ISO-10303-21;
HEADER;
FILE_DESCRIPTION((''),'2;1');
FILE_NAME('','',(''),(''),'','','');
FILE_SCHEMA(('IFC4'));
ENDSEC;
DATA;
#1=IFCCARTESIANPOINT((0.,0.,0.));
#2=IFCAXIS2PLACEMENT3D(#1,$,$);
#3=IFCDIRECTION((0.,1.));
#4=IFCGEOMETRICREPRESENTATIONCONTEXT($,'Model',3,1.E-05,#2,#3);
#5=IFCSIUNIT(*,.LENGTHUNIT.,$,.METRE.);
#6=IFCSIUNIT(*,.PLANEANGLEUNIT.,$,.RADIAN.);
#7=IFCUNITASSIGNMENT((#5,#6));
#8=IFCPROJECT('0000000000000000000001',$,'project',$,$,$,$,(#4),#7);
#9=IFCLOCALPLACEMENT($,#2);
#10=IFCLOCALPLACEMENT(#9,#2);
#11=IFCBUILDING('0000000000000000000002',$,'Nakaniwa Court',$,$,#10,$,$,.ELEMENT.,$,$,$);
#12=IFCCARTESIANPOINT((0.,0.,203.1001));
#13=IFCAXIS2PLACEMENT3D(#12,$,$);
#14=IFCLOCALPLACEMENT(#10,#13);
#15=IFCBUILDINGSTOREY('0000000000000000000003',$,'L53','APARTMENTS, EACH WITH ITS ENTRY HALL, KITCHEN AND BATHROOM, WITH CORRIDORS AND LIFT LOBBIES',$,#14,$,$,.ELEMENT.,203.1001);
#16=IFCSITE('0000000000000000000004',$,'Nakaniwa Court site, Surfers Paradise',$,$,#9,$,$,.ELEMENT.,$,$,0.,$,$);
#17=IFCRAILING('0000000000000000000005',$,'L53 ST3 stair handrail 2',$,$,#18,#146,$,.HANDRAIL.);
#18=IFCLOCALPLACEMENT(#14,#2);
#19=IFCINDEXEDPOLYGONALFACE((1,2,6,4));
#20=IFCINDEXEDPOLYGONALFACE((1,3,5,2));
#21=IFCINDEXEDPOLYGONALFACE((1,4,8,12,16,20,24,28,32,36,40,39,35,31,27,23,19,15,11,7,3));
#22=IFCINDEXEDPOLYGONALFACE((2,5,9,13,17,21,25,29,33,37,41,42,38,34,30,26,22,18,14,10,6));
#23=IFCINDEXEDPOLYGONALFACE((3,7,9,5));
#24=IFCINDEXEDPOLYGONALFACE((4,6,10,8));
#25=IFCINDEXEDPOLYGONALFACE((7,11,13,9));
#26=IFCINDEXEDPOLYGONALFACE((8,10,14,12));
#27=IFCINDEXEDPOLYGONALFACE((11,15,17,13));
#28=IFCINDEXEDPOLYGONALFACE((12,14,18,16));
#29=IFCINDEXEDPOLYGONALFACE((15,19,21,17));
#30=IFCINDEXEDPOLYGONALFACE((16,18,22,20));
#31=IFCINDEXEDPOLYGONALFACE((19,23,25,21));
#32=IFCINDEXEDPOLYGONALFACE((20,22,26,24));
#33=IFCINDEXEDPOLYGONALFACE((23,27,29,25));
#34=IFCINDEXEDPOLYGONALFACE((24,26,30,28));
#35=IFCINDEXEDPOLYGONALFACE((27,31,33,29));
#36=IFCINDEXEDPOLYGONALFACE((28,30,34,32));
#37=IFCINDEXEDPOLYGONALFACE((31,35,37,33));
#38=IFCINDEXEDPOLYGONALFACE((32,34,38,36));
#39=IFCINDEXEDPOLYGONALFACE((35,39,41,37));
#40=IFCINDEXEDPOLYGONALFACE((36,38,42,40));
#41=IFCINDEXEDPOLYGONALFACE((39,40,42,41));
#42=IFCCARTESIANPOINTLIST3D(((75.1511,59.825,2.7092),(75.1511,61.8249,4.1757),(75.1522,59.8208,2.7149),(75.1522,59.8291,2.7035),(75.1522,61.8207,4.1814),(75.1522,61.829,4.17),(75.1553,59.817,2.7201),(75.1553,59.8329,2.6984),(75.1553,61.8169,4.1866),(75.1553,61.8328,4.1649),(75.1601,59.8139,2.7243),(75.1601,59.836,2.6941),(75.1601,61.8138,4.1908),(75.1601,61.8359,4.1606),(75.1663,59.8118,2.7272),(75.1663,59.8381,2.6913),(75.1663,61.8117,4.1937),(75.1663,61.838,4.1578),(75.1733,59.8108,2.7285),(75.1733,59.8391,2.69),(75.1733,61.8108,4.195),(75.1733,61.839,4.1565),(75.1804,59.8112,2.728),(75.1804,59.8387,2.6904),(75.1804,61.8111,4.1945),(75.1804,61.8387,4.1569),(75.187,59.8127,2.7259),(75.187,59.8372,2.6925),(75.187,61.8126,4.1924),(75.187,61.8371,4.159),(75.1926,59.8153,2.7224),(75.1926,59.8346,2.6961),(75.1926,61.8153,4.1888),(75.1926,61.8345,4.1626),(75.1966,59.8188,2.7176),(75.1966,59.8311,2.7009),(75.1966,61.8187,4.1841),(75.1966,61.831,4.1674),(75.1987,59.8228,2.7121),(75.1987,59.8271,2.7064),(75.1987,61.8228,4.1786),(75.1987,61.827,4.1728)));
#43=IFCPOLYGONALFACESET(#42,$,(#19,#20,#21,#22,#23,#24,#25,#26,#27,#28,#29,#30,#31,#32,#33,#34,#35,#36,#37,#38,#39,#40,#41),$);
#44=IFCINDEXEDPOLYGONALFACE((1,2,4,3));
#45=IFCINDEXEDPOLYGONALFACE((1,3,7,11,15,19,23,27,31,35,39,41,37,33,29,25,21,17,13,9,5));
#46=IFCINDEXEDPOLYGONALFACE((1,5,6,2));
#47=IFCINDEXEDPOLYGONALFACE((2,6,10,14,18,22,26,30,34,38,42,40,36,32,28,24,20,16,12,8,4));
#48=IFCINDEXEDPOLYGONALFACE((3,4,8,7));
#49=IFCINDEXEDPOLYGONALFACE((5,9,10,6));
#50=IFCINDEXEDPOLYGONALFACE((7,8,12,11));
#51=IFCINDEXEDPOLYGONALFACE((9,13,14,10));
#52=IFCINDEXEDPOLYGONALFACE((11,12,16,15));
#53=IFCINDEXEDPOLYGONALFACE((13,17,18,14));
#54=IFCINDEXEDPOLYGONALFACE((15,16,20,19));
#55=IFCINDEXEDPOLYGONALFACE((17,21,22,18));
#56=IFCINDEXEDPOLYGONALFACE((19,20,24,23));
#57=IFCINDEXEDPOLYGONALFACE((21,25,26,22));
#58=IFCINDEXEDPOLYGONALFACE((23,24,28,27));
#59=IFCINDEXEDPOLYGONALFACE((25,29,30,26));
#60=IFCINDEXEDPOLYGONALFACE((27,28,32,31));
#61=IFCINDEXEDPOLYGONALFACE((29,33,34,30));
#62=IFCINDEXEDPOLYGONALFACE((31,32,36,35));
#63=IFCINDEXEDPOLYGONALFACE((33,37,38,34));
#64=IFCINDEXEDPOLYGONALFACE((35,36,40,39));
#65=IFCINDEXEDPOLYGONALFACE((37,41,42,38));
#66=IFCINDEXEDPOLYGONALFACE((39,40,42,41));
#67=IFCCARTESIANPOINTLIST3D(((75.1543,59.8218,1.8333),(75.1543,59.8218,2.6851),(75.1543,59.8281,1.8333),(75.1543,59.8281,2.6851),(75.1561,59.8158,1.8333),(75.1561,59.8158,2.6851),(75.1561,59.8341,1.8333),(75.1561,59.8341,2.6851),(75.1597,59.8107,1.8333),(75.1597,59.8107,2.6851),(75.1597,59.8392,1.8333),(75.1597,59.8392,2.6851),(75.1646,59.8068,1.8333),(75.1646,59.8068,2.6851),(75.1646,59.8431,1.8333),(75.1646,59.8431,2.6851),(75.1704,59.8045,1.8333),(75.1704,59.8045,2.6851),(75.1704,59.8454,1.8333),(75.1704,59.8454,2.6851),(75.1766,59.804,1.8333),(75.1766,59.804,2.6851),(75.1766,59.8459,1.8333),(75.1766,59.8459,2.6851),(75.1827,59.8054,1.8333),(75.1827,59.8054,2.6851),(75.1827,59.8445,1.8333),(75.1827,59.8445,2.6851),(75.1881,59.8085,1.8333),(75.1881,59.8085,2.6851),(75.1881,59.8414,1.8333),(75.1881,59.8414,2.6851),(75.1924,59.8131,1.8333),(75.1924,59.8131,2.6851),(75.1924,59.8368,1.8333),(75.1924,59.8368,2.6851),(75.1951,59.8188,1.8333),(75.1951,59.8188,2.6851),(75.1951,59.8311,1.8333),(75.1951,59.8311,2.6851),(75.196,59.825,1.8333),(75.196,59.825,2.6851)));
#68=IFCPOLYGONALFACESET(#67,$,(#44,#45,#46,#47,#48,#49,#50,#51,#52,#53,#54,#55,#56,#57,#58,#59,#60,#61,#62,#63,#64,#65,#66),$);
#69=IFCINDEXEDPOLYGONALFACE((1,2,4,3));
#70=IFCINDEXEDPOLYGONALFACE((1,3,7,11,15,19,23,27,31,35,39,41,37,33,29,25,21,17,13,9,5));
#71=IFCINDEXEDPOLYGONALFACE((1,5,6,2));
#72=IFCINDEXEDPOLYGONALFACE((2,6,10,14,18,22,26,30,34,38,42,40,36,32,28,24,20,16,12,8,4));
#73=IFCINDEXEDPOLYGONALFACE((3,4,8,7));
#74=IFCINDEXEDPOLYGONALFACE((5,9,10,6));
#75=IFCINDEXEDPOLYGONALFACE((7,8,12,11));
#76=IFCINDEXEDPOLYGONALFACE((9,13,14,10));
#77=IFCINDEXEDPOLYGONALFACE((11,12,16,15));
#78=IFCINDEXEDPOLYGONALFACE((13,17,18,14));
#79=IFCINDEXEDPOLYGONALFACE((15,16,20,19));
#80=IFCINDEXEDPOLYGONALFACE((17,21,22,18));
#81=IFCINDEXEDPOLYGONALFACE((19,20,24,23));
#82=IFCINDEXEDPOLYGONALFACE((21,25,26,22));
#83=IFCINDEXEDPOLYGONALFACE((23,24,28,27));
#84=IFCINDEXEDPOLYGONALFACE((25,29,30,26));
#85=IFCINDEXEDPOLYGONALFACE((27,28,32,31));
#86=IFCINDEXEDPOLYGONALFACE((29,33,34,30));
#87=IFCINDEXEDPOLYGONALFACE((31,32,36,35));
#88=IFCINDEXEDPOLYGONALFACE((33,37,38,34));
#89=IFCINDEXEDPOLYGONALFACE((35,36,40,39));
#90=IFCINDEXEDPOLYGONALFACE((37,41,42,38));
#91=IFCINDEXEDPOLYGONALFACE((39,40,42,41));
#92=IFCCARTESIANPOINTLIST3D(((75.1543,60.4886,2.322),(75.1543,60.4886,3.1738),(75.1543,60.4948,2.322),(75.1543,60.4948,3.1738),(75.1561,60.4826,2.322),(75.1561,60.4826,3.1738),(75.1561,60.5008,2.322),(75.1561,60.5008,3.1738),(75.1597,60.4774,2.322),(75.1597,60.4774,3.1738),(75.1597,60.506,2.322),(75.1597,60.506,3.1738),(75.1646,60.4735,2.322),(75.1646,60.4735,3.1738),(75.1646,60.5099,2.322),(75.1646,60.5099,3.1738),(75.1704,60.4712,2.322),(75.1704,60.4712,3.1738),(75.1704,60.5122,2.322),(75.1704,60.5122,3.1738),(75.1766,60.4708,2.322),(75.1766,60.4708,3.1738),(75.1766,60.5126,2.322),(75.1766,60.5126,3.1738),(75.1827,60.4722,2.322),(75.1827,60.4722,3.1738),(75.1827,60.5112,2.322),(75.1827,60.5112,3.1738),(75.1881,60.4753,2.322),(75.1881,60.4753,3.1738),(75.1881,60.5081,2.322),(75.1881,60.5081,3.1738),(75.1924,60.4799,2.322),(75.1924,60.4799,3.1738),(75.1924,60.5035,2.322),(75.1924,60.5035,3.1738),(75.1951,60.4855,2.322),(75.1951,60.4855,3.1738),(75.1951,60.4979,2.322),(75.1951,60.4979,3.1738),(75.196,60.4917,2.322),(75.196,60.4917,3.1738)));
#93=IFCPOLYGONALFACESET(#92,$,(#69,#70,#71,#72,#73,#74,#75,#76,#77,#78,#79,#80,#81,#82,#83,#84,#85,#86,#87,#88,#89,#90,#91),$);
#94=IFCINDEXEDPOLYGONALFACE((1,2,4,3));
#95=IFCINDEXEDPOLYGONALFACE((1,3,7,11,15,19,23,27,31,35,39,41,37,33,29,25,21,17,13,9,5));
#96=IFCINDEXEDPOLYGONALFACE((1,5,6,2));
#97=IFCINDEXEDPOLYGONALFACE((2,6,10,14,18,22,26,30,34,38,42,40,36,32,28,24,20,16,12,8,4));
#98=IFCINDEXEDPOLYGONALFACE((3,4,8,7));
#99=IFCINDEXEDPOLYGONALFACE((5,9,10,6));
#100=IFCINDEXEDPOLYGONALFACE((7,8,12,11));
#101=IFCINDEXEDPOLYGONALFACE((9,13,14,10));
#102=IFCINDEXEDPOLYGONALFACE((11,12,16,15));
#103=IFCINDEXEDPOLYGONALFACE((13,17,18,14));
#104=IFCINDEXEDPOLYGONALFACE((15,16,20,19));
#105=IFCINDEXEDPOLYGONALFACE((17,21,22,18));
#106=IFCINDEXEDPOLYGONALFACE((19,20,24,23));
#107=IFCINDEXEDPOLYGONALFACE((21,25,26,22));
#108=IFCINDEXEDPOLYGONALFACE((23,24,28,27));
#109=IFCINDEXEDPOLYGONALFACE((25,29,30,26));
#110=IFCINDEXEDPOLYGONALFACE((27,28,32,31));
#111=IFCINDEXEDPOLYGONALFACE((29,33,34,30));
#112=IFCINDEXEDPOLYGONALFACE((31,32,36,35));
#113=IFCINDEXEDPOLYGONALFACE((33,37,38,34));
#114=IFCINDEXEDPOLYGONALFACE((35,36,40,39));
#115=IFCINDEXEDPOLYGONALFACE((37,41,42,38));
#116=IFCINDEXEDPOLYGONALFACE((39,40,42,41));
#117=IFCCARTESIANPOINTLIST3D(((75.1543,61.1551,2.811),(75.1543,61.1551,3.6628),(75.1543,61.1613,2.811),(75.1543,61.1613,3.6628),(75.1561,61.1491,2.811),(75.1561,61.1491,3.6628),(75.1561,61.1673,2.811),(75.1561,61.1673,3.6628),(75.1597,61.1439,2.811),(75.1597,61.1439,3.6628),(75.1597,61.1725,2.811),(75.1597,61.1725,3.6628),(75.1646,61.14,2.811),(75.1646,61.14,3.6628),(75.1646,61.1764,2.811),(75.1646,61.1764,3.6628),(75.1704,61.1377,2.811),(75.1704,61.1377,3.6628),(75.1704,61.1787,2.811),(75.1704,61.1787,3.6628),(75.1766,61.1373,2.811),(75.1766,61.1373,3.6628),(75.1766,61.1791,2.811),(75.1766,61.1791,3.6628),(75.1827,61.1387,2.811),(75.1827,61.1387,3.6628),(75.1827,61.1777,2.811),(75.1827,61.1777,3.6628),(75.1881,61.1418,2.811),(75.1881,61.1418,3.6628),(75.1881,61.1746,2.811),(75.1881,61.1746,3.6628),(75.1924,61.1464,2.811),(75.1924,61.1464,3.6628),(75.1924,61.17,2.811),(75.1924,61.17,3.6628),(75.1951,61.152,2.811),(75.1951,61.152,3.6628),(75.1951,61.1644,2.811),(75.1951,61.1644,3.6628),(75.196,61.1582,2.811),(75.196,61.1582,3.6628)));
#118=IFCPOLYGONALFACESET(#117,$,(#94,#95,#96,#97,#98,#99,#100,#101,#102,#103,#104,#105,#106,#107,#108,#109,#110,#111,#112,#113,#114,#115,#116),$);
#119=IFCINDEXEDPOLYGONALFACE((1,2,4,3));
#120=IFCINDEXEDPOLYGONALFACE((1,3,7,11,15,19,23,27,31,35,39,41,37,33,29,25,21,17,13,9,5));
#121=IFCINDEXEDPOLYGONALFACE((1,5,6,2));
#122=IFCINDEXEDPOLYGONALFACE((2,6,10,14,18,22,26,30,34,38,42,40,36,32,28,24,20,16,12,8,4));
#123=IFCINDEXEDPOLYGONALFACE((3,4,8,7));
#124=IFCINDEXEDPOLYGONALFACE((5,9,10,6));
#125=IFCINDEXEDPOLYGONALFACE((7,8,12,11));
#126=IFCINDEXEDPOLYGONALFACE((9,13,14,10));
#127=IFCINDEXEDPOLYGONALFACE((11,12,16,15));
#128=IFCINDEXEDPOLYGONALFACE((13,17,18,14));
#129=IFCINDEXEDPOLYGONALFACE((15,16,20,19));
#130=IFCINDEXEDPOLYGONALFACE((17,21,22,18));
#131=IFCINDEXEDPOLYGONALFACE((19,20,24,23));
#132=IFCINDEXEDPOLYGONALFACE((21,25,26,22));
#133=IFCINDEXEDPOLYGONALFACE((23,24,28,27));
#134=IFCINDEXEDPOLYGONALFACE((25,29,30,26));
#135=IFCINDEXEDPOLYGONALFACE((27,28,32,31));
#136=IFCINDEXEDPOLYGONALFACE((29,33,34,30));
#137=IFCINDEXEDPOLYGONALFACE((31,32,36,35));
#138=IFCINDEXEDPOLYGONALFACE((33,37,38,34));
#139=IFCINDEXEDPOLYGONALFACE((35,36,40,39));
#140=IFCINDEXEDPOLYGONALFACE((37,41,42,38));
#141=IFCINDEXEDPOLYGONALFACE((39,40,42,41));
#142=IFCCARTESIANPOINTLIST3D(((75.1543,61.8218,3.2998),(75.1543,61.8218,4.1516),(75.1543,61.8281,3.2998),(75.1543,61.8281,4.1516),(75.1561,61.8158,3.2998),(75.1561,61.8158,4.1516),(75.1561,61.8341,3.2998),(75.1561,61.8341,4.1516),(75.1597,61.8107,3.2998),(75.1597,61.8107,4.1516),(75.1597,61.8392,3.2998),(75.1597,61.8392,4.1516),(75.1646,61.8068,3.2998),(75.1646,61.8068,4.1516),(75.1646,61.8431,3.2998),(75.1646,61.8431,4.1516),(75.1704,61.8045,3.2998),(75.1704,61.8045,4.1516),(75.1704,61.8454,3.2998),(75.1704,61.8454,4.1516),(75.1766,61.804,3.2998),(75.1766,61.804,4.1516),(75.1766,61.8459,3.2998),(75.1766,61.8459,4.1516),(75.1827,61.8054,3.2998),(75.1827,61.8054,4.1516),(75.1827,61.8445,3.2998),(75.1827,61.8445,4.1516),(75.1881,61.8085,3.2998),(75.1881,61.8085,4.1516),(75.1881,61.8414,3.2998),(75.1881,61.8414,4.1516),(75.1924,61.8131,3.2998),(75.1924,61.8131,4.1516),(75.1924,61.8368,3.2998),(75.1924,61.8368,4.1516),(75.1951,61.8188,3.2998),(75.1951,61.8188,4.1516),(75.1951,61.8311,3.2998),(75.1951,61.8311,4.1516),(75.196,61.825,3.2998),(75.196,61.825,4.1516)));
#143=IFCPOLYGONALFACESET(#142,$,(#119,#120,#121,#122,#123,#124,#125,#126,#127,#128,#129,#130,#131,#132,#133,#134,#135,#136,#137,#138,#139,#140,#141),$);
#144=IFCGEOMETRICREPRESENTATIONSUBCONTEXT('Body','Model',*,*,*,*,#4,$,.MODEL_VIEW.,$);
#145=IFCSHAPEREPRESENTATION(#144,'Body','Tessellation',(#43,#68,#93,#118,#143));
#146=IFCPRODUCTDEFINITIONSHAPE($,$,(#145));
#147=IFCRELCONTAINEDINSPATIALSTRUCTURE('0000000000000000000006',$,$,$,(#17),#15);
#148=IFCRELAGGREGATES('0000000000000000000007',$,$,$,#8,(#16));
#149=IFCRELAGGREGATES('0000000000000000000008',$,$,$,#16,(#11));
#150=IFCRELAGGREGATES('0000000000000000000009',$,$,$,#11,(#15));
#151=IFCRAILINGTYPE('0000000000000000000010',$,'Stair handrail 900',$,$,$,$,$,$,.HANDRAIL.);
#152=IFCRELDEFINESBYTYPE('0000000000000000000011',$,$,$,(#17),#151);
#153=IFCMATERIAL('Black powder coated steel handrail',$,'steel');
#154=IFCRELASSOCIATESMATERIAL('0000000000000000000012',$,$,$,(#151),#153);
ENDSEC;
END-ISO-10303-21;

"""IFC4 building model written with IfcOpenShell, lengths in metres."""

from ifc_helpers import new_model, si_unit, direction, frame, origin, origin_2d, place, context, subcontext, project, spatial, circle, extrude, material, type_object, element, save


model = new_model("IFC4")

# Units and contexts
model_context = context("Model", 3, precision=1e-05, world=origin(), true_north=direction((0.0, 1.0)))
body_context = subcontext(model_context, "Body", "Model", "MODEL_VIEW")
ifc_project = project(units=[si_unit("LENGTHUNIT", "METRE"), si_unit("PLANEANGLEUNIT", "RADIAN")], contexts=[model_context])

# Site, building, storey
site_placement = place(None, origin())
site = spatial("IfcSite", under=ifc_project, at=site_placement, Name="Nakaniwa Court site, Surfers Paradise", CompositionType="ELEMENT", RefElevation=0.0)
building_placement = place(site_placement, origin())
building = spatial("IfcBuilding", under=site, at=building_placement, Name="Nakaniwa Court", CompositionType="ELEMENT")
storey_placement = place(building_placement, frame((0.0, 0.0, 203.1001)))
storey = spatial("IfcBuildingStorey", under=building, at=storey_placement, Name="L53", Description="APARTMENTS, EACH WITH ITS ENTRY HALL, KITCHEN AND BATHROOM, WITH CORRIDORS AND LIFT LOBBIES", CompositionType="ELEMENT", Elevation=203.1001)

# Railing
ifc_material_1 = material(Name="Black powder coated steel handrail", Category="steel")
railing_type_1 = type_object("IfcRailingType", Name="Stair handrail 900", PredefinedType="HANDRAIL", material=ifc_material_1)
railing_1_placement = place(storey_placement, frame((75.175, 59.825, 1.8333)))
element("IfcRailing", 1, at=railing_1_placement, inside=storey, type_object=railing_type_1, Name="L53 ST3 stair handrail 2", PredefinedType="HANDRAIL", context=body_context, shape_type="SweptSolid", body=[
    extrude(circle(Radius=0.0239, at=origin_2d()), frame((0.0, 0.0, 0.876), z_axis=(0.0, 0.806427, 0.591334), x_axis=(-1.0, 0.0, 0.0)), (0.0, 0.0, 1.0), 2.48),
    extrude(circle(Radius=0.021, at=origin_2d()), origin(), (0.0, 0.0, 1.0), 0.8518),
    extrude(circle(Radius=0.021, at=origin_2d()), frame((0.0, 0.6667, 0.4888)), (0.0, 0.0, 1.0), 0.8518),
    extrude(circle(Radius=0.021, at=origin_2d()), frame((0.0, 1.3333, 0.9778)), (0.0, 0.0, 1.0), 0.8518),
    extrude(circle(Radius=0.021, at=origin_2d()), frame((0.0, 2.0, 1.4666)), (0.0, 0.0, 1.0), 0.8518),
])

save(model, "model.ifc")
